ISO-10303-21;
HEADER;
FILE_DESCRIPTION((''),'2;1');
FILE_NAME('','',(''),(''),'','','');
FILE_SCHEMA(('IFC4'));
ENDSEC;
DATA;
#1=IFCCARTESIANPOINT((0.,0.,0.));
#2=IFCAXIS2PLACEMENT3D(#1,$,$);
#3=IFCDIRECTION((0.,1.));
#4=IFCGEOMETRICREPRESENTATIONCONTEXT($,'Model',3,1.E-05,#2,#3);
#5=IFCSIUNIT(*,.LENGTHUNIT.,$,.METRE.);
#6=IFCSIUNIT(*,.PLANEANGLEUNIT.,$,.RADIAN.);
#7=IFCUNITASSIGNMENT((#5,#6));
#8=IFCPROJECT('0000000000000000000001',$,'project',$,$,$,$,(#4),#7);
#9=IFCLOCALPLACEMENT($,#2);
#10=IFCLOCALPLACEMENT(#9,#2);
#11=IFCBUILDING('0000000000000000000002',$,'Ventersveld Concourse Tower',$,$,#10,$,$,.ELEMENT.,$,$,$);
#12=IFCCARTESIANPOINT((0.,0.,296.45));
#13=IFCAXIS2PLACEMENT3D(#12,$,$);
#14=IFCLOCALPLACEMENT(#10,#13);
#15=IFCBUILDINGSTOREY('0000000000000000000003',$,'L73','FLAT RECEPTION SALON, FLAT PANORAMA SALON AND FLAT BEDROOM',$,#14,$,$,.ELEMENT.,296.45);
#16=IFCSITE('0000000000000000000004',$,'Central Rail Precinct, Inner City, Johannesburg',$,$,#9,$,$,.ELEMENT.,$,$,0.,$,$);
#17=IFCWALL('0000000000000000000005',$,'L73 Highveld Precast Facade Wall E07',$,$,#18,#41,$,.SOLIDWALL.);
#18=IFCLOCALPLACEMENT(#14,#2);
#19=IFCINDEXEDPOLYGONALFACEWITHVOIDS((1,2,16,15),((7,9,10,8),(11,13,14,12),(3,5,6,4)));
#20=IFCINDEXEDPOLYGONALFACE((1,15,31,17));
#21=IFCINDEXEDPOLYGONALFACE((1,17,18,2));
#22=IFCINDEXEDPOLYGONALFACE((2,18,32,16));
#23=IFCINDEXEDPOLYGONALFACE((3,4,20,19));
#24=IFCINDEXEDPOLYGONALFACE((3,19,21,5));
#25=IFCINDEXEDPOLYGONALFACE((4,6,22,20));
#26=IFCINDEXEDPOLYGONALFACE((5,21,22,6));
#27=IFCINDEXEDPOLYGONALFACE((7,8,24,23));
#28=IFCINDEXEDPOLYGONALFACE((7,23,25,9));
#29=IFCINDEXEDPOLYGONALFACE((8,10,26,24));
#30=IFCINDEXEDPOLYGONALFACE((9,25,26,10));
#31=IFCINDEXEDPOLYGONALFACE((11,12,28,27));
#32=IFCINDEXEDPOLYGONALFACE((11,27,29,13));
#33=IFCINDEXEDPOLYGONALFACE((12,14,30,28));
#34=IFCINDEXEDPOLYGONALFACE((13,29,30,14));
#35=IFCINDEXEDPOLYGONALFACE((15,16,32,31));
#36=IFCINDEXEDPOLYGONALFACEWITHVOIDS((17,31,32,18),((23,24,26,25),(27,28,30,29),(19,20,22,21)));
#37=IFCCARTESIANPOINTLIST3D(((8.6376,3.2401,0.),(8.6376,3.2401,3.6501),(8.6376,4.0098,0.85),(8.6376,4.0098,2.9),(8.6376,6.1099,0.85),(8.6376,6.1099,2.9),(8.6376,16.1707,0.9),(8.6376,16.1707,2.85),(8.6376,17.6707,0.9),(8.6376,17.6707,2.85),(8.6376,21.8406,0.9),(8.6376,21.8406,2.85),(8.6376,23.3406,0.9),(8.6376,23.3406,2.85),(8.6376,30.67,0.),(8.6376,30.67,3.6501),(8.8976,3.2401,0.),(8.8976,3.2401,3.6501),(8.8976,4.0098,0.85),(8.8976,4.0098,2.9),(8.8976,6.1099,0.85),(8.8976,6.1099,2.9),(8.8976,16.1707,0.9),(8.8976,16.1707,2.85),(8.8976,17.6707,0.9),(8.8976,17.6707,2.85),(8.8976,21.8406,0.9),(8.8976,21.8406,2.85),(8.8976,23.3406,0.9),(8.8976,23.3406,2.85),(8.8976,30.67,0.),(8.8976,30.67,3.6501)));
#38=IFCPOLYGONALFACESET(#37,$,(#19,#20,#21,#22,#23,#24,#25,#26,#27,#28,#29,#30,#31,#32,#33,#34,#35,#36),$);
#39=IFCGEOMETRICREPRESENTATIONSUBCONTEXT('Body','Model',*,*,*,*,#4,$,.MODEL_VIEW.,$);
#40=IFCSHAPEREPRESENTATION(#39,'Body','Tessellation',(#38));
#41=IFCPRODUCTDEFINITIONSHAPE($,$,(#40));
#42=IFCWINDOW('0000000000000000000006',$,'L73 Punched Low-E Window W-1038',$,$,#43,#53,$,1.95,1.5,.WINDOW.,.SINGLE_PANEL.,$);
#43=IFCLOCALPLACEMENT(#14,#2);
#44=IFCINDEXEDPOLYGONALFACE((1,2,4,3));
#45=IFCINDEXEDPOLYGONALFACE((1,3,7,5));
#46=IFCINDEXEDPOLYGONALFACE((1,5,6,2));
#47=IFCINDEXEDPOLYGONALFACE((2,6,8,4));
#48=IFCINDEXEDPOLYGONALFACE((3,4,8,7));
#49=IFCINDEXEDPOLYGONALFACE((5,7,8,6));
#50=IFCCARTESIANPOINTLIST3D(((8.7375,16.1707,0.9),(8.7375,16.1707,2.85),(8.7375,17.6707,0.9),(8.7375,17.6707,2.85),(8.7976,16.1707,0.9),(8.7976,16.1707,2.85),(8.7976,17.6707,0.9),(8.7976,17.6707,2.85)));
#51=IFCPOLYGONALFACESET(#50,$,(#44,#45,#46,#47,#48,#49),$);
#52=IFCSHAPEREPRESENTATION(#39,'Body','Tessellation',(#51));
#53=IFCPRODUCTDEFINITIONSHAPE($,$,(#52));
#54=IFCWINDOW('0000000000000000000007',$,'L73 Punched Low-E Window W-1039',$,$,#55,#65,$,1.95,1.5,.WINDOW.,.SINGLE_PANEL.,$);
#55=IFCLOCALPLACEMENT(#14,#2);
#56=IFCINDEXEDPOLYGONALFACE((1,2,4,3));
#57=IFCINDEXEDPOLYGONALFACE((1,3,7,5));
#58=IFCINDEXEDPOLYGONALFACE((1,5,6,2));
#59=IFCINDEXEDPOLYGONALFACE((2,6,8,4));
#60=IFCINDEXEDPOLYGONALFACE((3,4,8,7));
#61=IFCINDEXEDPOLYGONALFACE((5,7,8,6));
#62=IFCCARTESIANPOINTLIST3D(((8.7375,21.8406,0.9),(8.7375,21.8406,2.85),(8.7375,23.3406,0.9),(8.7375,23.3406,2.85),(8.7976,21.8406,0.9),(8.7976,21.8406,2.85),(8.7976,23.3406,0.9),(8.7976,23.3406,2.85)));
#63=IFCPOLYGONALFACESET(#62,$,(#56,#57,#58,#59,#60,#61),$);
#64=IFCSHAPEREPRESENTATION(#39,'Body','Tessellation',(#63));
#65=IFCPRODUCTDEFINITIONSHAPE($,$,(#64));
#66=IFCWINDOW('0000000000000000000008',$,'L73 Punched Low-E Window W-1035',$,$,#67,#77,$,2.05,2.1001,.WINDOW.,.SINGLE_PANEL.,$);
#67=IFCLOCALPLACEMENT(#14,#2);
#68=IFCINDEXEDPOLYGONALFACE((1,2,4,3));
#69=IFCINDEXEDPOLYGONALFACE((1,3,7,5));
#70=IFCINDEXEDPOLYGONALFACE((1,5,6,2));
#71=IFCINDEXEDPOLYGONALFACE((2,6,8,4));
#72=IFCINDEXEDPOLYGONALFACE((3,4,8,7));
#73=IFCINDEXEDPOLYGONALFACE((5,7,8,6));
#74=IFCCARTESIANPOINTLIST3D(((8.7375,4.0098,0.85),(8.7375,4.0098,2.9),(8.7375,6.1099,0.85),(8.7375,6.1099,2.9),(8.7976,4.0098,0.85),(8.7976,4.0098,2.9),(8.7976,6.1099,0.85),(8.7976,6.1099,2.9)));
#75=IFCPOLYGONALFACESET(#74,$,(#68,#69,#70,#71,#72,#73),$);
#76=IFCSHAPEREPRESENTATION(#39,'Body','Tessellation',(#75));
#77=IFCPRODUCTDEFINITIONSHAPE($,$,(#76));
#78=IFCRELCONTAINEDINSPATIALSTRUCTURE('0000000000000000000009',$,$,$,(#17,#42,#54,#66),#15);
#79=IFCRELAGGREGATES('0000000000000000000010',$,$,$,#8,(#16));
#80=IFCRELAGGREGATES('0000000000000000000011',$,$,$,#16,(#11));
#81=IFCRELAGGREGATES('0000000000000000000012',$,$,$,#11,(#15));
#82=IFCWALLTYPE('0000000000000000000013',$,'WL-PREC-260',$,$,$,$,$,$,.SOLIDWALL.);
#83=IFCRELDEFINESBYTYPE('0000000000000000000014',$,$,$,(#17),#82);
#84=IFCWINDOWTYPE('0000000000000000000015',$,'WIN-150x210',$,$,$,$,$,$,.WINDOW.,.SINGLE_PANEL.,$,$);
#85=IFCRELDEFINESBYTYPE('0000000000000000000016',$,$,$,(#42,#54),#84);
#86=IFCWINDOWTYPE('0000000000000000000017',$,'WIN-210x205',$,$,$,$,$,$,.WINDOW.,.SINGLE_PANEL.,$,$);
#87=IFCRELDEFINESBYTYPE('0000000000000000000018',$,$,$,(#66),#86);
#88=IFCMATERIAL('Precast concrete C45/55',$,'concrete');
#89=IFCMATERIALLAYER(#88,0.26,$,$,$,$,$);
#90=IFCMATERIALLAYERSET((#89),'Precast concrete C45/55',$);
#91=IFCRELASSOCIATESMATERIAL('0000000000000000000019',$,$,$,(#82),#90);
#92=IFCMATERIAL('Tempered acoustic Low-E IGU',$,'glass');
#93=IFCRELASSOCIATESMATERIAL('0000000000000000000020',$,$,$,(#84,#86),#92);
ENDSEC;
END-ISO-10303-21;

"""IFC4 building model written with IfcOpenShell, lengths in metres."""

from ifc_helpers import new_model, si_unit, direction, frame, frame_2d, origin, place, context, subcontext, project, spatial, rectangle, extrude, material, layer, layer_set, type_object, element, fill, save


model = new_model("IFC4")

# Units and contexts
model_context = context("Model", 3, precision=1e-05, world=origin(), true_north=direction((0.0, 1.0)))
body_context = subcontext(model_context, "Body", "Model", "MODEL_VIEW")
ifc_project = project(units=[si_unit("LENGTHUNIT", "METRE"), si_unit("PLANEANGLEUNIT", "RADIAN")], contexts=[model_context])

# Site, building, storey
site_placement = place(None, origin())
site = spatial("IfcSite", under=ifc_project, at=site_placement, Name="Central Rail Precinct, Inner City, Johannesburg", CompositionType="ELEMENT", RefElevation=0.0)
building_placement = place(site_placement, origin())
building = spatial("IfcBuilding", under=site, at=building_placement, Name="Ventersveld Concourse Tower", CompositionType="ELEMENT")
storey_placement = place(building_placement, frame((0.0, 0.0, 296.45)))
storey = spatial("IfcBuildingStorey", under=building, at=storey_placement, Name="L73", Description="FLAT RECEPTION SALON, FLAT PANORAMA SALON AND FLAT BEDROOM", CompositionType="ELEMENT", Elevation=296.45)

# Shared definitions
ifc_material_1 = material(Name="Precast concrete C45/55", Category="concrete")
ifc_layer_1 = layer(ifc_material_1, 0.26)
ifc_layer_set_1 = layer_set([ifc_layer_1], Name="Precast concrete C45/55")
wall_type_1 = type_object("IfcWallType", Name="WL-PREC-260", PredefinedType="SOLIDWALL", material=ifc_layer_set_1)

# Wall, openings, windows
wall_1_placement = place(storey_placement, frame((8.7676, 30.6699, 0.0), z_axis=(0.0, 0.0, 1.0), x_axis=(0.0, -1.0, 0.0)))
wall_1 = element("IfcWall", 1, at=wall_1_placement, inside=storey, type_object=wall_type_1, Name="L73 Highveld Precast Facade Wall E07", PredefinedType="SOLIDWALL", context=body_context, shape_type="SweptSolid", body=[
    extrude(rectangle(XDim=27.4299, YDim=0.26, at=frame_2d((13.7148, 0.0))), origin(), (0.0, 0.0, 1.0), 3.6501),
])
opening_1_placement = place(wall_1_placement, frame((24.5601, 0.0, 0.8501)))
opening_1 = element("IfcOpeningElement", 2, at=opening_1_placement, cuts=wall_1, PredefinedType="OPENING", context=body_context, shape_type="SweptSolid", body=[
    extrude(rectangle(XDim=2.1001, YDim=2.05, at=frame_2d((1.05, 1.0249))), frame((0.0, 0.1401, 0.0), z_axis=(0.0, -1.0, 0.0), x_axis=(1.0, 0.0, 0.0)), (0.0, 0.0, 1.0), 0.28),
])
opening_2_placement = place(wall_1_placement, frame((12.9993, 0.0, 0.8999)))
opening_2 = element("IfcOpeningElement", 3, at=opening_2_placement, cuts=wall_1, PredefinedType="OPENING", context=body_context, shape_type="SweptSolid", body=[
    extrude(rectangle(XDim=1.5, YDim=1.95, at=frame_2d((0.75, 0.9751))), frame((0.0, 0.1401, 0.0), z_axis=(0.0, -1.0, 0.0), x_axis=(1.0, 0.0, 0.0)), (0.0, 0.0, 1.0), 0.28),
])
opening_3_placement = place(wall_1_placement, frame((7.3293, 0.0, 0.8999)))
opening_3 = element("IfcOpeningElement", 4, at=opening_3_placement, cuts=wall_1, PredefinedType="OPENING", context=body_context, shape_type="SweptSolid", body=[
    extrude(rectangle(XDim=1.5, YDim=1.95, at=frame_2d((0.75, 0.9751))), frame((0.0, 0.1401, 0.0), z_axis=(0.0, -1.0, 0.0), x_axis=(1.0, 0.0, 0.0)), (0.0, 0.0, 1.0), 0.28),
])
ifc_material_2 = material(Name="Tempered acoustic Low-E IGU", Category="glass")
window_type_1 = type_object("IfcWindowType", Name="WIN-150x210", PartitioningType="SINGLE_PANEL", PredefinedType="WINDOW", material=ifc_material_2)
window_1_placement = place(opening_2_placement, origin())
window_1 = element("IfcWindow", 5, at=window_1_placement, inside=storey, type_object=window_type_1, Name="L73 Punched Low-E Window W-1038", OverallHeight=1.95, OverallWidth=1.5, PartitioningType="SINGLE_PANEL", PredefinedType="WINDOW", context=body_context, shape_type="SweptSolid", body=[
    extrude(rectangle(XDim=1.5, YDim=1.95, at=frame_2d((0.75, 0.9751))), frame((0.0, 0.03, 0.0), z_axis=(0.0, -1.0, 0.0), x_axis=(1.0, 0.0, 0.0)), (0.0, 0.0, 1.0), 0.0601),
])
fill(opening_2, window_1)
window_2_placement = place(opening_3_placement, origin())
window_2 = element("IfcWindow", 6, at=window_2_placement, inside=storey, type_object=window_type_1, Name="L73 Punched Low-E Window W-1039", OverallHeight=1.95, OverallWidth=1.5, PartitioningType="SINGLE_PANEL", PredefinedType="WINDOW", context=body_context, shape_type="SweptSolid", body=[
    extrude(rectangle(XDim=1.5, YDim=1.95, at=frame_2d((0.75, 0.9751))), frame((0.0, 0.03, 0.0), z_axis=(0.0, -1.0, 0.0), x_axis=(1.0, 0.0, 0.0)), (0.0, 0.0, 1.0), 0.0601),
])
fill(opening_3, window_2)
window_type_2 = type_object("IfcWindowType", Name="WIN-210x205", PartitioningType="SINGLE_PANEL", PredefinedType="WINDOW", material=ifc_material_2)
window_3_placement = place(opening_1_placement, origin())
window_3 = element("IfcWindow", 7, at=window_3_placement, inside=storey, type_object=window_type_2, Name="L73 Punched Low-E Window W-1035", OverallHeight=2.05, OverallWidth=2.1001, PartitioningType="SINGLE_PANEL", PredefinedType="WINDOW", context=body_context, shape_type="SweptSolid", body=[
    extrude(rectangle(XDim=2.1001, YDim=2.05, at=frame_2d((1.05, 1.0249))), frame((0.0, 0.03, 0.0), z_axis=(0.0, -1.0, 0.0), x_axis=(1.0, 0.0, 0.0)), (0.0, 0.0, 1.0), 0.0601),
])
fill(opening_1, window_3)

save(model, "model.ifc")
